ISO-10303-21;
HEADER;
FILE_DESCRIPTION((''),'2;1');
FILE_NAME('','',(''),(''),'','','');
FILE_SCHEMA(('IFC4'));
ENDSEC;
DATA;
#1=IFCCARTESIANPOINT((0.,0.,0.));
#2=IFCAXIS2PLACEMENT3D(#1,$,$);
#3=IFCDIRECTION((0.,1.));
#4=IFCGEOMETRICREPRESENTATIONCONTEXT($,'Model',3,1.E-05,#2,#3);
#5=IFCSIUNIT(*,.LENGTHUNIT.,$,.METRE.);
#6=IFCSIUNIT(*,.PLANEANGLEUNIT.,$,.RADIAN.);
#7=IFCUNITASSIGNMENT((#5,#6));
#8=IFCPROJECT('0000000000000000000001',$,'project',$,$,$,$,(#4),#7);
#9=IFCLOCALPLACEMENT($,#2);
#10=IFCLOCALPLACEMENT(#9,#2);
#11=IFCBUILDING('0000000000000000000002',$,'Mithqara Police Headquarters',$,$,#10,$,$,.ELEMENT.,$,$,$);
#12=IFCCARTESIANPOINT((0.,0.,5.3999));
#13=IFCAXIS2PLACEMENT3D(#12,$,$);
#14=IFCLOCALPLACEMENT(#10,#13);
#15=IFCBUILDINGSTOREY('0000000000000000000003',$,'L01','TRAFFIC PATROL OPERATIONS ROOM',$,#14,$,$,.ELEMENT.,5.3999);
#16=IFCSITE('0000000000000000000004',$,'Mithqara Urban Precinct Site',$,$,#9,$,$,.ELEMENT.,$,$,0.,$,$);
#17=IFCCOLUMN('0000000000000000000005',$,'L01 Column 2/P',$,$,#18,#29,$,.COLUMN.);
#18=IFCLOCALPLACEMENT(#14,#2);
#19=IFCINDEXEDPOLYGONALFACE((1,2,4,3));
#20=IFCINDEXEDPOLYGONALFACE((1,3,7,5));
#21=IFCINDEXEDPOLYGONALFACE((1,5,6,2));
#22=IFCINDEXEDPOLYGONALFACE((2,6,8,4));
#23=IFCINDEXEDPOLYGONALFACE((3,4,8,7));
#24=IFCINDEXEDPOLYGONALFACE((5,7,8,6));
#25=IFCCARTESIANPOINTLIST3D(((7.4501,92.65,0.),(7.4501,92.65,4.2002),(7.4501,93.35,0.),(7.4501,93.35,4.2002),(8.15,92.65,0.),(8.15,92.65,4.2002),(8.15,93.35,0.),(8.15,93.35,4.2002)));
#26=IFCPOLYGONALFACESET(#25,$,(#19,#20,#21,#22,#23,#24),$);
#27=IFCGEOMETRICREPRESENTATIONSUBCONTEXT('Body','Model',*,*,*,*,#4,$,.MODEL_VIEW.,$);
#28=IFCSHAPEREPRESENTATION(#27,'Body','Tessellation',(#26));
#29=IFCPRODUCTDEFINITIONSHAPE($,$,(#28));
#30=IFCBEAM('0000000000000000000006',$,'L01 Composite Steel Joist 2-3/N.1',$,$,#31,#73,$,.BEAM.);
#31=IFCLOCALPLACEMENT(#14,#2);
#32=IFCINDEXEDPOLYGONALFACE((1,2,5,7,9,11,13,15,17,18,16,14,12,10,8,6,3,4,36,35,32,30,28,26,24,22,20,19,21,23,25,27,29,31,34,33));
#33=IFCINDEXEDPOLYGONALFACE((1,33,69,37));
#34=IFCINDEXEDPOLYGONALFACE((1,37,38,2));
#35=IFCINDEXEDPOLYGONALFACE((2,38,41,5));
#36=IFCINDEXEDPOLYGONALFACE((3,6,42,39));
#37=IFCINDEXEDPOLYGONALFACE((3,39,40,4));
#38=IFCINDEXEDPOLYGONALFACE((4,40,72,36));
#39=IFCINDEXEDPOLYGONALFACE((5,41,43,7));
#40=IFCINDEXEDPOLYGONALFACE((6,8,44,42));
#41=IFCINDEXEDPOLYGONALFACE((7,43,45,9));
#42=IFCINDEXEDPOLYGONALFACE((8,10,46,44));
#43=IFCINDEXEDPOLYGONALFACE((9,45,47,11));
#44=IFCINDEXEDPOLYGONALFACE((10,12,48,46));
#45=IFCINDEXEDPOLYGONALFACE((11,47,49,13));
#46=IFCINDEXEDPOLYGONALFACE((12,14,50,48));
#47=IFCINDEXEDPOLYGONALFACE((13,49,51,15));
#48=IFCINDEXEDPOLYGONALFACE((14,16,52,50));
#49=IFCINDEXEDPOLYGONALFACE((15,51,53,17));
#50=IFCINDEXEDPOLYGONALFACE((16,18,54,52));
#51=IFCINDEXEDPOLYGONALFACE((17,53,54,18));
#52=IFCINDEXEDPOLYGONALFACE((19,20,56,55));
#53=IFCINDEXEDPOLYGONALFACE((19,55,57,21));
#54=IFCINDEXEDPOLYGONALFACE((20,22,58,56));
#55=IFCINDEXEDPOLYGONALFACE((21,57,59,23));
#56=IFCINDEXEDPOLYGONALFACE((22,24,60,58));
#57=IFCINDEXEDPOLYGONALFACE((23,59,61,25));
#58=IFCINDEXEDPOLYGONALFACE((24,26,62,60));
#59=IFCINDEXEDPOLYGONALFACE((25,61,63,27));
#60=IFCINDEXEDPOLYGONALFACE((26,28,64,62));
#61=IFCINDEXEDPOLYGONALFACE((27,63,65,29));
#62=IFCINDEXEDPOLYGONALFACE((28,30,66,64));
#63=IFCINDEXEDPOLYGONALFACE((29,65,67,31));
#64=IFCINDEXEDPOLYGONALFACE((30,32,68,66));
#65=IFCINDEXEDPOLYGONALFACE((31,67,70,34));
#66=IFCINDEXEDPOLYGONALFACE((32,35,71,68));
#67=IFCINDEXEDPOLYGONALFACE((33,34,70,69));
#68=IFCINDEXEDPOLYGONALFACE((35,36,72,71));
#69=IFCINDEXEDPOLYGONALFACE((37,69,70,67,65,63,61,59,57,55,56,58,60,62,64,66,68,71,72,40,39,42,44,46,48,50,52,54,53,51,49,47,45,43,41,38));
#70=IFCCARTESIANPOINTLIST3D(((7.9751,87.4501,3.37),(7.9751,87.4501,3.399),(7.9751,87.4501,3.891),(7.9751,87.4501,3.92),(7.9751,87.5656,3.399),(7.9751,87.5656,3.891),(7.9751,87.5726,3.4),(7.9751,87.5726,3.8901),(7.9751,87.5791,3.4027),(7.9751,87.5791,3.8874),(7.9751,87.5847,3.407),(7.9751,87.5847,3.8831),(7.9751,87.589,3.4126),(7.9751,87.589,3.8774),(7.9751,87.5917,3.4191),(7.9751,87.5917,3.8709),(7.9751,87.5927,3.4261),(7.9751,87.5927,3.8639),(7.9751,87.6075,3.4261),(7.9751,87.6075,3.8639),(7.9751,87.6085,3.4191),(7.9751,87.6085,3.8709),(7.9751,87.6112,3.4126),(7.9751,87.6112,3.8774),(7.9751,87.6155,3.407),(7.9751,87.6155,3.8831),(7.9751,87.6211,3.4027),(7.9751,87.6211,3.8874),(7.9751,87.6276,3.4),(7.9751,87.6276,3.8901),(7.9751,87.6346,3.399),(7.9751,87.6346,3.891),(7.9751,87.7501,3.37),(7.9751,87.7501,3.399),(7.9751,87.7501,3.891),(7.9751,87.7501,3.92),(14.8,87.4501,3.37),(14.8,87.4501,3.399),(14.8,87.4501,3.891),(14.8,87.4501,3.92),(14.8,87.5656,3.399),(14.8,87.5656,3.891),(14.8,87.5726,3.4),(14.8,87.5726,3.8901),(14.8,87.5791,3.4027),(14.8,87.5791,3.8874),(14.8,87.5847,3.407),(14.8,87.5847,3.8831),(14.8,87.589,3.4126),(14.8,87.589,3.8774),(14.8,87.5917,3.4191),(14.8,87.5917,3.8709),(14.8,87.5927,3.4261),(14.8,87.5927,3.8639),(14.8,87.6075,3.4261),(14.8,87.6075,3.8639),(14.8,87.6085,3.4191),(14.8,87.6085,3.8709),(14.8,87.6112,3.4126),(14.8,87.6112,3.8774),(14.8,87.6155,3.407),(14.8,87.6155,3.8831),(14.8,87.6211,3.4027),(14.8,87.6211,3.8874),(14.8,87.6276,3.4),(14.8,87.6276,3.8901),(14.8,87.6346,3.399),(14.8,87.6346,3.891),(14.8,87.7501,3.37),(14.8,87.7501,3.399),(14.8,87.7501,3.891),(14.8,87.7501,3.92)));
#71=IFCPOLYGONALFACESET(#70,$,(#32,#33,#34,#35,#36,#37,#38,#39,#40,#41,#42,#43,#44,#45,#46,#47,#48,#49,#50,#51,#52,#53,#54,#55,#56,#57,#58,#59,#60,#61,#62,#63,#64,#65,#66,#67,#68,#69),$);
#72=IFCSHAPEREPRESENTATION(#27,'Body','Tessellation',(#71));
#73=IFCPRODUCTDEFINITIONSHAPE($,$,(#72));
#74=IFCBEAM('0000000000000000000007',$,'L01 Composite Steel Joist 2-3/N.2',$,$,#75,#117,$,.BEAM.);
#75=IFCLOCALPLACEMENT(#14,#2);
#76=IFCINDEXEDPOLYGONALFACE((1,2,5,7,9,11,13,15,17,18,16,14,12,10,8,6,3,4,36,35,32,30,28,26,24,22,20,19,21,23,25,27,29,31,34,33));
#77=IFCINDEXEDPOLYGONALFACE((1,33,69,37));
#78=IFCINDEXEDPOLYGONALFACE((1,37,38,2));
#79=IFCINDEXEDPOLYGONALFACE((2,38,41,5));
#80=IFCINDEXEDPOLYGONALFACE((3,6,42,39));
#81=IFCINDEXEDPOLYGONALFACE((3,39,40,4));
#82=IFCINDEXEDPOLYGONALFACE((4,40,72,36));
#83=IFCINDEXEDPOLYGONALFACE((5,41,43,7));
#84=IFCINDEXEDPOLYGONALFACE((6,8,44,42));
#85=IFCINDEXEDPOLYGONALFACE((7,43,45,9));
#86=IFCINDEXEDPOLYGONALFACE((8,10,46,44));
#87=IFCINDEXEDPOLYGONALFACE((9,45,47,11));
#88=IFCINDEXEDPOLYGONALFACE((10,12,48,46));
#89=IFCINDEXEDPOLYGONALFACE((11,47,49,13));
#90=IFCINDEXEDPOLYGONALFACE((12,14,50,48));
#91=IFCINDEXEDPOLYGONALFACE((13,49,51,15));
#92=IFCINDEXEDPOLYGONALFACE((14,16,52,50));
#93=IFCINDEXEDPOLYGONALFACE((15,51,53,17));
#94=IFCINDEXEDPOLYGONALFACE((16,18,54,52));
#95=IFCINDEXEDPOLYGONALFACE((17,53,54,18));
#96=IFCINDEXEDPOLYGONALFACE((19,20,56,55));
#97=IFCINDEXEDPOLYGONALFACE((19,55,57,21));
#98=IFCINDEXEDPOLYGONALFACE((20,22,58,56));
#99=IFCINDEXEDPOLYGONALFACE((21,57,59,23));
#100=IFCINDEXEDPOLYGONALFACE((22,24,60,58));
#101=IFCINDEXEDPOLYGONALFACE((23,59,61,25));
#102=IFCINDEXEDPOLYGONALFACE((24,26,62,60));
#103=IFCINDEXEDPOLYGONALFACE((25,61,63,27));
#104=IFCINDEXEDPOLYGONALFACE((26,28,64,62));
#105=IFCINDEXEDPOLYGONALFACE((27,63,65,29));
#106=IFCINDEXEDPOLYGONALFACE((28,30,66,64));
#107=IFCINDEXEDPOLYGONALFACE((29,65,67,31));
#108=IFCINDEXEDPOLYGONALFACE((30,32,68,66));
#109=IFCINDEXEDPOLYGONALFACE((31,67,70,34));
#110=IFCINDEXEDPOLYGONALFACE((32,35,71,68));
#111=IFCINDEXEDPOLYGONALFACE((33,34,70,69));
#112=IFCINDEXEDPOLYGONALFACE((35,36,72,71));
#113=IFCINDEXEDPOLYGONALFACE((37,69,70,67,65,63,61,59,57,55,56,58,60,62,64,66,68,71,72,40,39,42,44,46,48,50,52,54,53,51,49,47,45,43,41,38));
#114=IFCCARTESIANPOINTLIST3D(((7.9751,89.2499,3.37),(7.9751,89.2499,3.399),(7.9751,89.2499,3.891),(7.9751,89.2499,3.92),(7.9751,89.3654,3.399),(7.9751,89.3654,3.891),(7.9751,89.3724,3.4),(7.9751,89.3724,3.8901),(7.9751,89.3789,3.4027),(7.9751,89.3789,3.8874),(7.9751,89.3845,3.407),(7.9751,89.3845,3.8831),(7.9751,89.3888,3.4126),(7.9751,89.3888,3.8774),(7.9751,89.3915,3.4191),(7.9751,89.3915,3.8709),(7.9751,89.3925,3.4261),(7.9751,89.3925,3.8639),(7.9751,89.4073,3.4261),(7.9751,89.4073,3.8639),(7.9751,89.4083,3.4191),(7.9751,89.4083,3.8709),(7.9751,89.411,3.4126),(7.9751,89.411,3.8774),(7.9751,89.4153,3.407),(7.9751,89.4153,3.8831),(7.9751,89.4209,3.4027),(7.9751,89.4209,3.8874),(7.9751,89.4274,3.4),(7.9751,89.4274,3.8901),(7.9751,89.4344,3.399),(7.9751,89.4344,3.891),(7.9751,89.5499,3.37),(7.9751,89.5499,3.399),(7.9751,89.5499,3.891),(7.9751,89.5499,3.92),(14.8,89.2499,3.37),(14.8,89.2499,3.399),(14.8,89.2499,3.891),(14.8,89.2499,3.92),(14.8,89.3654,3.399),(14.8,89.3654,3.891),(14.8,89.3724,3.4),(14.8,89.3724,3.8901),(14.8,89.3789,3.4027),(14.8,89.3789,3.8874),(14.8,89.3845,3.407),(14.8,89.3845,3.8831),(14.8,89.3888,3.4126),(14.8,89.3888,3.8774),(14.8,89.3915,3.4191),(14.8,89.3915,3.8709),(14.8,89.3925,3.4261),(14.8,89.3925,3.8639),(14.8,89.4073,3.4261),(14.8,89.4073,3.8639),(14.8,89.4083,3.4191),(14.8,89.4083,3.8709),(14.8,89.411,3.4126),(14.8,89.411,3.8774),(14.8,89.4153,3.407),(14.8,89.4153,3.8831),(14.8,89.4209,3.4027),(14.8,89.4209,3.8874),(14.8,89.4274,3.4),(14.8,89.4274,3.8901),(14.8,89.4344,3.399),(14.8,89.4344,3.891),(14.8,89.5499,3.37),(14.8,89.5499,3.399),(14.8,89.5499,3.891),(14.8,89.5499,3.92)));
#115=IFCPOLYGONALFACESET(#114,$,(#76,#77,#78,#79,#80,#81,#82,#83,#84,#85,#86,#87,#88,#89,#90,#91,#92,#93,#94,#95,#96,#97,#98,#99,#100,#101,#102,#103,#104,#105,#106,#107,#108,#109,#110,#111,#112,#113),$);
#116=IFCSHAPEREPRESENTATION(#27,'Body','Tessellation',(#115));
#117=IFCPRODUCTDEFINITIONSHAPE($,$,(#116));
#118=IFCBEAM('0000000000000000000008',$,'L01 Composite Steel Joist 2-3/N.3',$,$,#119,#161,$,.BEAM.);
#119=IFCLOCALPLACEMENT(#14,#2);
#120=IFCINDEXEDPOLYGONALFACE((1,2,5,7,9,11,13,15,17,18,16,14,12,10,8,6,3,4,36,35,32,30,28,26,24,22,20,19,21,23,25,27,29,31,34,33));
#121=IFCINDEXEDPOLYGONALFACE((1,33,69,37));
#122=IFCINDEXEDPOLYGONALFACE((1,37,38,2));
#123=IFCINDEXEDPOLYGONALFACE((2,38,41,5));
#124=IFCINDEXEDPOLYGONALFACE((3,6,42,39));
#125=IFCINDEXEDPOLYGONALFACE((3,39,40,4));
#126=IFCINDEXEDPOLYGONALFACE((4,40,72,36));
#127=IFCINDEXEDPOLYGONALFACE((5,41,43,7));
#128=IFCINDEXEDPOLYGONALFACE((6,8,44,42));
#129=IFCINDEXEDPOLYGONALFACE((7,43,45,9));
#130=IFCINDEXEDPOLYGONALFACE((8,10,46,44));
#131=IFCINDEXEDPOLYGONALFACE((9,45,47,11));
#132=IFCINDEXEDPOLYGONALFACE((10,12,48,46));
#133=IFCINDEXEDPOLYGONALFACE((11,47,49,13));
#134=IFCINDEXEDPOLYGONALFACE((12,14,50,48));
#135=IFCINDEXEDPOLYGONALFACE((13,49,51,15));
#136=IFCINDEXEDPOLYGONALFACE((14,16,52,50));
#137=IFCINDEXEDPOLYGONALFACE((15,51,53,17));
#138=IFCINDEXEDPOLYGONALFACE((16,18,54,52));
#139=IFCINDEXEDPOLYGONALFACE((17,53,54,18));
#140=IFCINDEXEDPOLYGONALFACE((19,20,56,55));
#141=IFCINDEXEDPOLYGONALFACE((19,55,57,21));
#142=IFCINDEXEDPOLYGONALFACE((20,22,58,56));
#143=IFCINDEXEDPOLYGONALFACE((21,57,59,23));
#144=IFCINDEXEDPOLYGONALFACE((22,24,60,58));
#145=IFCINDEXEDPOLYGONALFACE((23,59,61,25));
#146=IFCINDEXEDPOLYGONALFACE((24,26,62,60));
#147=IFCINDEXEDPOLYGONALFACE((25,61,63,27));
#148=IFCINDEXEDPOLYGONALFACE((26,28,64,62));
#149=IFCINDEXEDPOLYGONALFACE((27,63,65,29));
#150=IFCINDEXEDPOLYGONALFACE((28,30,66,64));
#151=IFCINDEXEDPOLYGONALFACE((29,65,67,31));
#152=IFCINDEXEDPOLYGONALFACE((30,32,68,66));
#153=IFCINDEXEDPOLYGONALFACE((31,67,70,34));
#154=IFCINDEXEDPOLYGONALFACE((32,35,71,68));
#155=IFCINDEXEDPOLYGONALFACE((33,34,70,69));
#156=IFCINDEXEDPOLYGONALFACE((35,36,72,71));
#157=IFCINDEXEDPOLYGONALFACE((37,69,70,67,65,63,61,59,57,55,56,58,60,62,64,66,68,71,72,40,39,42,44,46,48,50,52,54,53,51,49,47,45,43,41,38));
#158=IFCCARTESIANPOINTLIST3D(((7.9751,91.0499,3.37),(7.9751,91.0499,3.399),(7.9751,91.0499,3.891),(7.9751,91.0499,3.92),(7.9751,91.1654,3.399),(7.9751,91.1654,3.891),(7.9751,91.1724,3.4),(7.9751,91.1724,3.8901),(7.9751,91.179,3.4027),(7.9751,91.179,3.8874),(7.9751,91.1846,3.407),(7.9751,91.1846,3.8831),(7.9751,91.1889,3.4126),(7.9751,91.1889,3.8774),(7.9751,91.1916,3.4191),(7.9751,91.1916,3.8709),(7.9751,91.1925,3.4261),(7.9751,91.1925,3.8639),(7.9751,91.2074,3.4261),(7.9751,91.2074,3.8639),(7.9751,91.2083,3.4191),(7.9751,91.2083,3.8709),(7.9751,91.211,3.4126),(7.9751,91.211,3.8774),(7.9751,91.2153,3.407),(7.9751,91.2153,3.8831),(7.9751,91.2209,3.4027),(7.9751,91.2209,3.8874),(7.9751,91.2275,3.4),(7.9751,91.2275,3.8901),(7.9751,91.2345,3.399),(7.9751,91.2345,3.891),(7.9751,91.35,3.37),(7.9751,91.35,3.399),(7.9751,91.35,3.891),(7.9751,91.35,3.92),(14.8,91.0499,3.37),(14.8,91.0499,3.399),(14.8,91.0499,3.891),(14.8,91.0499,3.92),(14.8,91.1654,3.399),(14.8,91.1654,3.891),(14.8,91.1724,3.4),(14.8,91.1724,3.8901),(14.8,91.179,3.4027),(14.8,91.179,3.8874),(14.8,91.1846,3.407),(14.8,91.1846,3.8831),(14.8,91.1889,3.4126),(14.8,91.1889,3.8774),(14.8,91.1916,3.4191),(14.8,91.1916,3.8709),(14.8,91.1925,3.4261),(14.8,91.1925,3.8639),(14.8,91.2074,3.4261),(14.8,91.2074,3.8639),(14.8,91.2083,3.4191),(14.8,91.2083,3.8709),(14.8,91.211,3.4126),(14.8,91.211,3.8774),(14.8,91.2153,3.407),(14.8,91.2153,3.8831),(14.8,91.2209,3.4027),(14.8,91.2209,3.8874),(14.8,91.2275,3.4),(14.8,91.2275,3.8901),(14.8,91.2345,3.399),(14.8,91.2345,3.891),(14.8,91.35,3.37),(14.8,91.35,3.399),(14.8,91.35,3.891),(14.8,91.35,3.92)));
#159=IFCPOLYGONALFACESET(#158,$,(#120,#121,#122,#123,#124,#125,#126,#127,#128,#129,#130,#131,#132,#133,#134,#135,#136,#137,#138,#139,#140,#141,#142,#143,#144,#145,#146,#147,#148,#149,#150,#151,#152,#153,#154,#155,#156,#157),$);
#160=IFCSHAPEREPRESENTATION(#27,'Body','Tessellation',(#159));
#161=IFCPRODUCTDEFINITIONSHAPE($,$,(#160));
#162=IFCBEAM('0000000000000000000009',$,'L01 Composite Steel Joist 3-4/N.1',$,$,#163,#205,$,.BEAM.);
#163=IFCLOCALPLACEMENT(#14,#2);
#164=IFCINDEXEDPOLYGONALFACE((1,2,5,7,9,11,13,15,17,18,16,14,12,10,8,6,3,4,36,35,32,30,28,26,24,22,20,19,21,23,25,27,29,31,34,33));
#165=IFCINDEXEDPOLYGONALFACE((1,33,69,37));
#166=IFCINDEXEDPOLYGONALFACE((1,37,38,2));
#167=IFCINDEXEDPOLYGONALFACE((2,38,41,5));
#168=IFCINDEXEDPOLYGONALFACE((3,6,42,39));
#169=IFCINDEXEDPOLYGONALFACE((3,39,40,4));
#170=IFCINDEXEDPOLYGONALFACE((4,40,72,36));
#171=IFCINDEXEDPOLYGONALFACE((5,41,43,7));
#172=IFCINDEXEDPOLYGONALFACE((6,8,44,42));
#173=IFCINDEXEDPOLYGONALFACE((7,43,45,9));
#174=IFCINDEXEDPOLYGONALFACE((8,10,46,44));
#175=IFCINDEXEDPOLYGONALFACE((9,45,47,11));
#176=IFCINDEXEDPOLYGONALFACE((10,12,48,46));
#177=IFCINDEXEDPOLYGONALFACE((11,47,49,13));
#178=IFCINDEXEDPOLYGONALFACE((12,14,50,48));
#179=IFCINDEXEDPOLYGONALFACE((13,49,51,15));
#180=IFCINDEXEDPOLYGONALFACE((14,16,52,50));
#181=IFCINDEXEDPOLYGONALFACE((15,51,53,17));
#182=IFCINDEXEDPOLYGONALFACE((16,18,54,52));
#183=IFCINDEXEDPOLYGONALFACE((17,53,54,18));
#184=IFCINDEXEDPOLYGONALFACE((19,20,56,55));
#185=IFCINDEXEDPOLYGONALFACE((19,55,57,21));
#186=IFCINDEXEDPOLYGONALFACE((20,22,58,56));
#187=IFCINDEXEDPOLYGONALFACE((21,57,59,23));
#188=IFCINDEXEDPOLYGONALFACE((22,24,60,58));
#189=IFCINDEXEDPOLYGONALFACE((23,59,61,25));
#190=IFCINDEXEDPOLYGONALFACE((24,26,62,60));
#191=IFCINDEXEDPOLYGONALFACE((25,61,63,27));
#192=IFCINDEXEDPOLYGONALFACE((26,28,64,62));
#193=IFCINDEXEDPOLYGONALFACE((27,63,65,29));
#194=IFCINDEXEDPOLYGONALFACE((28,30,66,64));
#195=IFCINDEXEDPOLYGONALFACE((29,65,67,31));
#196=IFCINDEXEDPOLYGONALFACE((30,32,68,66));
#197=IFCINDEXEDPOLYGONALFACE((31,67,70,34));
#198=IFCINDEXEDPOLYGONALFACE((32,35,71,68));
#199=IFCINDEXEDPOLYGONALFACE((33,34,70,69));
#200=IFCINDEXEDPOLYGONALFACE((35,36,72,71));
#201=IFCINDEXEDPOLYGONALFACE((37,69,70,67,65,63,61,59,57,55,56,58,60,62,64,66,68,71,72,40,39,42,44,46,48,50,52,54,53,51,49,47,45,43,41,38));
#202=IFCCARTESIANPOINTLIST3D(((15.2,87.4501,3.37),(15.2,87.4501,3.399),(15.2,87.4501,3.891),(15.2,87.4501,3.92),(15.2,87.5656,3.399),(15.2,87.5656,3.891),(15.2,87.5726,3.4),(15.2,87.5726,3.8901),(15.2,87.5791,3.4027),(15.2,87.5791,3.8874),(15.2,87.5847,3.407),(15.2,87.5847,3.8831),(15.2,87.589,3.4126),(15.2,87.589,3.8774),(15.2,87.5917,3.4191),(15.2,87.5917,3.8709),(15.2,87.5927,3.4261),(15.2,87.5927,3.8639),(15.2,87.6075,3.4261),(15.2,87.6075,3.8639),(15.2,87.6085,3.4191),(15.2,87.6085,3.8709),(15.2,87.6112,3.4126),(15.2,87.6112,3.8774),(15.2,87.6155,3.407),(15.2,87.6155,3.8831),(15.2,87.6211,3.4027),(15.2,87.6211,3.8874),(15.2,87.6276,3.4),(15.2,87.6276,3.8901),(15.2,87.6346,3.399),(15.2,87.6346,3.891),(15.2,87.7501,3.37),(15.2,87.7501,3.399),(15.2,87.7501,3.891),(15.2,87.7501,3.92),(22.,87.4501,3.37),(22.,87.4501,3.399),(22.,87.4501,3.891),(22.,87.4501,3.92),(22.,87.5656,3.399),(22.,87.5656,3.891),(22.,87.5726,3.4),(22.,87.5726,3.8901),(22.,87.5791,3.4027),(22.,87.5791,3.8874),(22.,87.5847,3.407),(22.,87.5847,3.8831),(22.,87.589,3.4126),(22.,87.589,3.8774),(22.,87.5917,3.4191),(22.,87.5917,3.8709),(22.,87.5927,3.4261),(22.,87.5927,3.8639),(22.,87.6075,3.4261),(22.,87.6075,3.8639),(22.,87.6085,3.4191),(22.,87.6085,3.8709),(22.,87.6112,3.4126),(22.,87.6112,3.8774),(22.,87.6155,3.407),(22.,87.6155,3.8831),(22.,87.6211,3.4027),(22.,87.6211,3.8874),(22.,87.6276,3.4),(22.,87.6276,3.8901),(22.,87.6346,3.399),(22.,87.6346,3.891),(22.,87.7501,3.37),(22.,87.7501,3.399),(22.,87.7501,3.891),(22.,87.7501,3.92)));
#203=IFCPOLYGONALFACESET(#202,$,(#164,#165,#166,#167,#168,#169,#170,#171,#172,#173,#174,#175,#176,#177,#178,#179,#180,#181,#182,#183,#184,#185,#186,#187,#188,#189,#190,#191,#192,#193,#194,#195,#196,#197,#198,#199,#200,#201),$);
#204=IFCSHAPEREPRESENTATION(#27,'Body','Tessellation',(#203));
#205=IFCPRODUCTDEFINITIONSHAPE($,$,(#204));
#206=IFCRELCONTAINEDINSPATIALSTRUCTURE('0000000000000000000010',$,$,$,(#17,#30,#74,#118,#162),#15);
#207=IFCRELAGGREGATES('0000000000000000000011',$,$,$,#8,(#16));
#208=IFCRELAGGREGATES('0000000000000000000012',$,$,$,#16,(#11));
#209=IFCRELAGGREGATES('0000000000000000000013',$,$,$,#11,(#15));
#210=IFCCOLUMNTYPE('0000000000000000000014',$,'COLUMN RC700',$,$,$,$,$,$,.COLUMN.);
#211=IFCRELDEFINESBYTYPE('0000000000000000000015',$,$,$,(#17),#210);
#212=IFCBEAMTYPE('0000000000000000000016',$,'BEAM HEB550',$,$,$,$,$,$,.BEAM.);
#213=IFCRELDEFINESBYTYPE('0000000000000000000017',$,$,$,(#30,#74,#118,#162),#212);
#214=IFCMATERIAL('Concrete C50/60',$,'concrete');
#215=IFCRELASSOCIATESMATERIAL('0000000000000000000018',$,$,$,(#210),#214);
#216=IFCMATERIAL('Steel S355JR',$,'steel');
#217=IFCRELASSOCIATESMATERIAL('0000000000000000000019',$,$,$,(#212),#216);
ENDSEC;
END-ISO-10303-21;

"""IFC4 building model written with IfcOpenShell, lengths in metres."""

from ifc_helpers import new_model, si_unit, direction, frame, origin, origin_2d, place, context, subcontext, project, spatial, rectangle, i_section, extrude, material, material_profile, profile_set, type_object, element, save


model = new_model("IFC4")

# Units and contexts
model_context = context("Model", 3, precision=1e-05, world=origin(), true_north=direction((0.0, 1.0)))
body_context = subcontext(model_context, "Body", "Model", "MODEL_VIEW")
ifc_project = project(units=[si_unit("LENGTHUNIT", "METRE"), si_unit("PLANEANGLEUNIT", "RADIAN")], contexts=[model_context])

# Site, building, storey
site_placement = place(None, origin())
site = spatial("IfcSite", under=ifc_project, at=site_placement, Name="Mithqara Urban Precinct Site", CompositionType="ELEMENT", RefElevation=0.0)
building_placement = place(site_placement, origin())
building = spatial("IfcBuilding", under=site, at=building_placement, Name="Mithqara Police Headquarters", CompositionType="ELEMENT")
storey_placement = place(building_placement, frame((0.0, 0.0, 5.3999)))
storey = spatial("IfcBuildingStorey", under=building, at=storey_placement, Name="L01", Description="TRAFFIC PATROL OPERATIONS ROOM", CompositionType="ELEMENT", Elevation=5.3999)

# Column
ifc_material_1 = material(Name="Concrete C50/60", Category="concrete")
ifc_material_profile_1 = material_profile(ifc_material_1, rectangle(XDim=0.7, YDim=0.7, at=origin_2d()), Name="RC 700x700")
ifc_profile_set_1 = profile_set([ifc_material_profile_1], Name="Concrete C50/60")
column_type = type_object("IfcColumnType", Name="COLUMN RC700", PredefinedType="COLUMN", material=ifc_profile_set_1)
column_placement = place(storey_placement, frame((7.8, 93.0, 0.0), z_axis=(0.0, 0.0, 1.0), x_axis=(1.0, 0.0, 0.0)))
element("IfcColumn", 1, at=column_placement, inside=storey, type_object=column_type, Name="L01 Column 2/P", PredefinedType="COLUMN", context=body_context, shape_type="SweptSolid", body=[
    extrude(rectangle(XDim=0.7, YDim=0.7, at=origin_2d()), origin(), (0.0, 0.0, 1.0), 4.2002),
])

# Beams
ifc_material_2 = material(Name="Steel S355JR", Category="steel")
ifc_material_profile_2 = material_profile(ifc_material_2, i_section(OverallWidth=0.3, OverallDepth=0.55, WebThickness=0.0149, FlangeThickness=0.0291, FilletRadius=0.0271, at=origin_2d()), Name="HEB 550")
ifc_profile_set_2 = profile_set([ifc_material_profile_2], Name="Steel S355JR")
beam_type_1 = type_object("IfcBeamType", Name="BEAM HEB550", PredefinedType="BEAM", material=ifc_profile_set_2)
for number, where, z_axis, x_axis, name in (
    (2, (7.9751, 87.6001, 3.645), (1.0, 0.0, 0.0), (0.0, 1.0, 0.0), "L01 Composite Steel Joist 2-3/N.1"),
    (3, (7.9751, 89.3999, 3.645), (1.0, 0.0, 0.0), (0.0, 1.0, 0.0), "L01 Composite Steel Joist 2-3/N.2"),
    (4, (7.9751, 91.2, 3.645), (1.0, 0.0, 0.0), (0.0, 1.0, 0.0), "L01 Composite Steel Joist 2-3/N.3"),
):
    element("IfcBeam", number, at=place(storey_placement, frame(where, z_axis=z_axis, x_axis=x_axis)), inside=storey, type_object=beam_type_1, Name=name, PredefinedType="BEAM", context=body_context, shape_type="SweptSolid", body=[
        extrude(i_section(OverallWidth=0.3, OverallDepth=0.55, WebThickness=0.0149, FlangeThickness=0.0291, FilletRadius=0.0271, at=origin_2d()), origin(), (0.0, 0.0, 1.0), 6.825),
    ])
for number, where, z_axis, x_axis, name in (
    (5, (15.2, 87.6001, 3.645), (1.0, 0.0, 0.0), (0.0, 1.0, 0.0), "L01 Composite Steel Joist 3-4/N.1"),
):
    element("IfcBeam", number, at=place(storey_placement, frame(where, z_axis=z_axis, x_axis=x_axis)), inside=storey, type_object=beam_type_1, Name=name, PredefinedType="BEAM", context=body_context, shape_type="SweptSolid", body=[
        extrude(i_section(OverallWidth=0.3, OverallDepth=0.55, WebThickness=0.0149, FlangeThickness=0.0291, FilletRadius=0.0271, at=origin_2d()), origin(), (0.0, 0.0, 1.0), 6.8),
    ])

save(model, "model.ifc")
